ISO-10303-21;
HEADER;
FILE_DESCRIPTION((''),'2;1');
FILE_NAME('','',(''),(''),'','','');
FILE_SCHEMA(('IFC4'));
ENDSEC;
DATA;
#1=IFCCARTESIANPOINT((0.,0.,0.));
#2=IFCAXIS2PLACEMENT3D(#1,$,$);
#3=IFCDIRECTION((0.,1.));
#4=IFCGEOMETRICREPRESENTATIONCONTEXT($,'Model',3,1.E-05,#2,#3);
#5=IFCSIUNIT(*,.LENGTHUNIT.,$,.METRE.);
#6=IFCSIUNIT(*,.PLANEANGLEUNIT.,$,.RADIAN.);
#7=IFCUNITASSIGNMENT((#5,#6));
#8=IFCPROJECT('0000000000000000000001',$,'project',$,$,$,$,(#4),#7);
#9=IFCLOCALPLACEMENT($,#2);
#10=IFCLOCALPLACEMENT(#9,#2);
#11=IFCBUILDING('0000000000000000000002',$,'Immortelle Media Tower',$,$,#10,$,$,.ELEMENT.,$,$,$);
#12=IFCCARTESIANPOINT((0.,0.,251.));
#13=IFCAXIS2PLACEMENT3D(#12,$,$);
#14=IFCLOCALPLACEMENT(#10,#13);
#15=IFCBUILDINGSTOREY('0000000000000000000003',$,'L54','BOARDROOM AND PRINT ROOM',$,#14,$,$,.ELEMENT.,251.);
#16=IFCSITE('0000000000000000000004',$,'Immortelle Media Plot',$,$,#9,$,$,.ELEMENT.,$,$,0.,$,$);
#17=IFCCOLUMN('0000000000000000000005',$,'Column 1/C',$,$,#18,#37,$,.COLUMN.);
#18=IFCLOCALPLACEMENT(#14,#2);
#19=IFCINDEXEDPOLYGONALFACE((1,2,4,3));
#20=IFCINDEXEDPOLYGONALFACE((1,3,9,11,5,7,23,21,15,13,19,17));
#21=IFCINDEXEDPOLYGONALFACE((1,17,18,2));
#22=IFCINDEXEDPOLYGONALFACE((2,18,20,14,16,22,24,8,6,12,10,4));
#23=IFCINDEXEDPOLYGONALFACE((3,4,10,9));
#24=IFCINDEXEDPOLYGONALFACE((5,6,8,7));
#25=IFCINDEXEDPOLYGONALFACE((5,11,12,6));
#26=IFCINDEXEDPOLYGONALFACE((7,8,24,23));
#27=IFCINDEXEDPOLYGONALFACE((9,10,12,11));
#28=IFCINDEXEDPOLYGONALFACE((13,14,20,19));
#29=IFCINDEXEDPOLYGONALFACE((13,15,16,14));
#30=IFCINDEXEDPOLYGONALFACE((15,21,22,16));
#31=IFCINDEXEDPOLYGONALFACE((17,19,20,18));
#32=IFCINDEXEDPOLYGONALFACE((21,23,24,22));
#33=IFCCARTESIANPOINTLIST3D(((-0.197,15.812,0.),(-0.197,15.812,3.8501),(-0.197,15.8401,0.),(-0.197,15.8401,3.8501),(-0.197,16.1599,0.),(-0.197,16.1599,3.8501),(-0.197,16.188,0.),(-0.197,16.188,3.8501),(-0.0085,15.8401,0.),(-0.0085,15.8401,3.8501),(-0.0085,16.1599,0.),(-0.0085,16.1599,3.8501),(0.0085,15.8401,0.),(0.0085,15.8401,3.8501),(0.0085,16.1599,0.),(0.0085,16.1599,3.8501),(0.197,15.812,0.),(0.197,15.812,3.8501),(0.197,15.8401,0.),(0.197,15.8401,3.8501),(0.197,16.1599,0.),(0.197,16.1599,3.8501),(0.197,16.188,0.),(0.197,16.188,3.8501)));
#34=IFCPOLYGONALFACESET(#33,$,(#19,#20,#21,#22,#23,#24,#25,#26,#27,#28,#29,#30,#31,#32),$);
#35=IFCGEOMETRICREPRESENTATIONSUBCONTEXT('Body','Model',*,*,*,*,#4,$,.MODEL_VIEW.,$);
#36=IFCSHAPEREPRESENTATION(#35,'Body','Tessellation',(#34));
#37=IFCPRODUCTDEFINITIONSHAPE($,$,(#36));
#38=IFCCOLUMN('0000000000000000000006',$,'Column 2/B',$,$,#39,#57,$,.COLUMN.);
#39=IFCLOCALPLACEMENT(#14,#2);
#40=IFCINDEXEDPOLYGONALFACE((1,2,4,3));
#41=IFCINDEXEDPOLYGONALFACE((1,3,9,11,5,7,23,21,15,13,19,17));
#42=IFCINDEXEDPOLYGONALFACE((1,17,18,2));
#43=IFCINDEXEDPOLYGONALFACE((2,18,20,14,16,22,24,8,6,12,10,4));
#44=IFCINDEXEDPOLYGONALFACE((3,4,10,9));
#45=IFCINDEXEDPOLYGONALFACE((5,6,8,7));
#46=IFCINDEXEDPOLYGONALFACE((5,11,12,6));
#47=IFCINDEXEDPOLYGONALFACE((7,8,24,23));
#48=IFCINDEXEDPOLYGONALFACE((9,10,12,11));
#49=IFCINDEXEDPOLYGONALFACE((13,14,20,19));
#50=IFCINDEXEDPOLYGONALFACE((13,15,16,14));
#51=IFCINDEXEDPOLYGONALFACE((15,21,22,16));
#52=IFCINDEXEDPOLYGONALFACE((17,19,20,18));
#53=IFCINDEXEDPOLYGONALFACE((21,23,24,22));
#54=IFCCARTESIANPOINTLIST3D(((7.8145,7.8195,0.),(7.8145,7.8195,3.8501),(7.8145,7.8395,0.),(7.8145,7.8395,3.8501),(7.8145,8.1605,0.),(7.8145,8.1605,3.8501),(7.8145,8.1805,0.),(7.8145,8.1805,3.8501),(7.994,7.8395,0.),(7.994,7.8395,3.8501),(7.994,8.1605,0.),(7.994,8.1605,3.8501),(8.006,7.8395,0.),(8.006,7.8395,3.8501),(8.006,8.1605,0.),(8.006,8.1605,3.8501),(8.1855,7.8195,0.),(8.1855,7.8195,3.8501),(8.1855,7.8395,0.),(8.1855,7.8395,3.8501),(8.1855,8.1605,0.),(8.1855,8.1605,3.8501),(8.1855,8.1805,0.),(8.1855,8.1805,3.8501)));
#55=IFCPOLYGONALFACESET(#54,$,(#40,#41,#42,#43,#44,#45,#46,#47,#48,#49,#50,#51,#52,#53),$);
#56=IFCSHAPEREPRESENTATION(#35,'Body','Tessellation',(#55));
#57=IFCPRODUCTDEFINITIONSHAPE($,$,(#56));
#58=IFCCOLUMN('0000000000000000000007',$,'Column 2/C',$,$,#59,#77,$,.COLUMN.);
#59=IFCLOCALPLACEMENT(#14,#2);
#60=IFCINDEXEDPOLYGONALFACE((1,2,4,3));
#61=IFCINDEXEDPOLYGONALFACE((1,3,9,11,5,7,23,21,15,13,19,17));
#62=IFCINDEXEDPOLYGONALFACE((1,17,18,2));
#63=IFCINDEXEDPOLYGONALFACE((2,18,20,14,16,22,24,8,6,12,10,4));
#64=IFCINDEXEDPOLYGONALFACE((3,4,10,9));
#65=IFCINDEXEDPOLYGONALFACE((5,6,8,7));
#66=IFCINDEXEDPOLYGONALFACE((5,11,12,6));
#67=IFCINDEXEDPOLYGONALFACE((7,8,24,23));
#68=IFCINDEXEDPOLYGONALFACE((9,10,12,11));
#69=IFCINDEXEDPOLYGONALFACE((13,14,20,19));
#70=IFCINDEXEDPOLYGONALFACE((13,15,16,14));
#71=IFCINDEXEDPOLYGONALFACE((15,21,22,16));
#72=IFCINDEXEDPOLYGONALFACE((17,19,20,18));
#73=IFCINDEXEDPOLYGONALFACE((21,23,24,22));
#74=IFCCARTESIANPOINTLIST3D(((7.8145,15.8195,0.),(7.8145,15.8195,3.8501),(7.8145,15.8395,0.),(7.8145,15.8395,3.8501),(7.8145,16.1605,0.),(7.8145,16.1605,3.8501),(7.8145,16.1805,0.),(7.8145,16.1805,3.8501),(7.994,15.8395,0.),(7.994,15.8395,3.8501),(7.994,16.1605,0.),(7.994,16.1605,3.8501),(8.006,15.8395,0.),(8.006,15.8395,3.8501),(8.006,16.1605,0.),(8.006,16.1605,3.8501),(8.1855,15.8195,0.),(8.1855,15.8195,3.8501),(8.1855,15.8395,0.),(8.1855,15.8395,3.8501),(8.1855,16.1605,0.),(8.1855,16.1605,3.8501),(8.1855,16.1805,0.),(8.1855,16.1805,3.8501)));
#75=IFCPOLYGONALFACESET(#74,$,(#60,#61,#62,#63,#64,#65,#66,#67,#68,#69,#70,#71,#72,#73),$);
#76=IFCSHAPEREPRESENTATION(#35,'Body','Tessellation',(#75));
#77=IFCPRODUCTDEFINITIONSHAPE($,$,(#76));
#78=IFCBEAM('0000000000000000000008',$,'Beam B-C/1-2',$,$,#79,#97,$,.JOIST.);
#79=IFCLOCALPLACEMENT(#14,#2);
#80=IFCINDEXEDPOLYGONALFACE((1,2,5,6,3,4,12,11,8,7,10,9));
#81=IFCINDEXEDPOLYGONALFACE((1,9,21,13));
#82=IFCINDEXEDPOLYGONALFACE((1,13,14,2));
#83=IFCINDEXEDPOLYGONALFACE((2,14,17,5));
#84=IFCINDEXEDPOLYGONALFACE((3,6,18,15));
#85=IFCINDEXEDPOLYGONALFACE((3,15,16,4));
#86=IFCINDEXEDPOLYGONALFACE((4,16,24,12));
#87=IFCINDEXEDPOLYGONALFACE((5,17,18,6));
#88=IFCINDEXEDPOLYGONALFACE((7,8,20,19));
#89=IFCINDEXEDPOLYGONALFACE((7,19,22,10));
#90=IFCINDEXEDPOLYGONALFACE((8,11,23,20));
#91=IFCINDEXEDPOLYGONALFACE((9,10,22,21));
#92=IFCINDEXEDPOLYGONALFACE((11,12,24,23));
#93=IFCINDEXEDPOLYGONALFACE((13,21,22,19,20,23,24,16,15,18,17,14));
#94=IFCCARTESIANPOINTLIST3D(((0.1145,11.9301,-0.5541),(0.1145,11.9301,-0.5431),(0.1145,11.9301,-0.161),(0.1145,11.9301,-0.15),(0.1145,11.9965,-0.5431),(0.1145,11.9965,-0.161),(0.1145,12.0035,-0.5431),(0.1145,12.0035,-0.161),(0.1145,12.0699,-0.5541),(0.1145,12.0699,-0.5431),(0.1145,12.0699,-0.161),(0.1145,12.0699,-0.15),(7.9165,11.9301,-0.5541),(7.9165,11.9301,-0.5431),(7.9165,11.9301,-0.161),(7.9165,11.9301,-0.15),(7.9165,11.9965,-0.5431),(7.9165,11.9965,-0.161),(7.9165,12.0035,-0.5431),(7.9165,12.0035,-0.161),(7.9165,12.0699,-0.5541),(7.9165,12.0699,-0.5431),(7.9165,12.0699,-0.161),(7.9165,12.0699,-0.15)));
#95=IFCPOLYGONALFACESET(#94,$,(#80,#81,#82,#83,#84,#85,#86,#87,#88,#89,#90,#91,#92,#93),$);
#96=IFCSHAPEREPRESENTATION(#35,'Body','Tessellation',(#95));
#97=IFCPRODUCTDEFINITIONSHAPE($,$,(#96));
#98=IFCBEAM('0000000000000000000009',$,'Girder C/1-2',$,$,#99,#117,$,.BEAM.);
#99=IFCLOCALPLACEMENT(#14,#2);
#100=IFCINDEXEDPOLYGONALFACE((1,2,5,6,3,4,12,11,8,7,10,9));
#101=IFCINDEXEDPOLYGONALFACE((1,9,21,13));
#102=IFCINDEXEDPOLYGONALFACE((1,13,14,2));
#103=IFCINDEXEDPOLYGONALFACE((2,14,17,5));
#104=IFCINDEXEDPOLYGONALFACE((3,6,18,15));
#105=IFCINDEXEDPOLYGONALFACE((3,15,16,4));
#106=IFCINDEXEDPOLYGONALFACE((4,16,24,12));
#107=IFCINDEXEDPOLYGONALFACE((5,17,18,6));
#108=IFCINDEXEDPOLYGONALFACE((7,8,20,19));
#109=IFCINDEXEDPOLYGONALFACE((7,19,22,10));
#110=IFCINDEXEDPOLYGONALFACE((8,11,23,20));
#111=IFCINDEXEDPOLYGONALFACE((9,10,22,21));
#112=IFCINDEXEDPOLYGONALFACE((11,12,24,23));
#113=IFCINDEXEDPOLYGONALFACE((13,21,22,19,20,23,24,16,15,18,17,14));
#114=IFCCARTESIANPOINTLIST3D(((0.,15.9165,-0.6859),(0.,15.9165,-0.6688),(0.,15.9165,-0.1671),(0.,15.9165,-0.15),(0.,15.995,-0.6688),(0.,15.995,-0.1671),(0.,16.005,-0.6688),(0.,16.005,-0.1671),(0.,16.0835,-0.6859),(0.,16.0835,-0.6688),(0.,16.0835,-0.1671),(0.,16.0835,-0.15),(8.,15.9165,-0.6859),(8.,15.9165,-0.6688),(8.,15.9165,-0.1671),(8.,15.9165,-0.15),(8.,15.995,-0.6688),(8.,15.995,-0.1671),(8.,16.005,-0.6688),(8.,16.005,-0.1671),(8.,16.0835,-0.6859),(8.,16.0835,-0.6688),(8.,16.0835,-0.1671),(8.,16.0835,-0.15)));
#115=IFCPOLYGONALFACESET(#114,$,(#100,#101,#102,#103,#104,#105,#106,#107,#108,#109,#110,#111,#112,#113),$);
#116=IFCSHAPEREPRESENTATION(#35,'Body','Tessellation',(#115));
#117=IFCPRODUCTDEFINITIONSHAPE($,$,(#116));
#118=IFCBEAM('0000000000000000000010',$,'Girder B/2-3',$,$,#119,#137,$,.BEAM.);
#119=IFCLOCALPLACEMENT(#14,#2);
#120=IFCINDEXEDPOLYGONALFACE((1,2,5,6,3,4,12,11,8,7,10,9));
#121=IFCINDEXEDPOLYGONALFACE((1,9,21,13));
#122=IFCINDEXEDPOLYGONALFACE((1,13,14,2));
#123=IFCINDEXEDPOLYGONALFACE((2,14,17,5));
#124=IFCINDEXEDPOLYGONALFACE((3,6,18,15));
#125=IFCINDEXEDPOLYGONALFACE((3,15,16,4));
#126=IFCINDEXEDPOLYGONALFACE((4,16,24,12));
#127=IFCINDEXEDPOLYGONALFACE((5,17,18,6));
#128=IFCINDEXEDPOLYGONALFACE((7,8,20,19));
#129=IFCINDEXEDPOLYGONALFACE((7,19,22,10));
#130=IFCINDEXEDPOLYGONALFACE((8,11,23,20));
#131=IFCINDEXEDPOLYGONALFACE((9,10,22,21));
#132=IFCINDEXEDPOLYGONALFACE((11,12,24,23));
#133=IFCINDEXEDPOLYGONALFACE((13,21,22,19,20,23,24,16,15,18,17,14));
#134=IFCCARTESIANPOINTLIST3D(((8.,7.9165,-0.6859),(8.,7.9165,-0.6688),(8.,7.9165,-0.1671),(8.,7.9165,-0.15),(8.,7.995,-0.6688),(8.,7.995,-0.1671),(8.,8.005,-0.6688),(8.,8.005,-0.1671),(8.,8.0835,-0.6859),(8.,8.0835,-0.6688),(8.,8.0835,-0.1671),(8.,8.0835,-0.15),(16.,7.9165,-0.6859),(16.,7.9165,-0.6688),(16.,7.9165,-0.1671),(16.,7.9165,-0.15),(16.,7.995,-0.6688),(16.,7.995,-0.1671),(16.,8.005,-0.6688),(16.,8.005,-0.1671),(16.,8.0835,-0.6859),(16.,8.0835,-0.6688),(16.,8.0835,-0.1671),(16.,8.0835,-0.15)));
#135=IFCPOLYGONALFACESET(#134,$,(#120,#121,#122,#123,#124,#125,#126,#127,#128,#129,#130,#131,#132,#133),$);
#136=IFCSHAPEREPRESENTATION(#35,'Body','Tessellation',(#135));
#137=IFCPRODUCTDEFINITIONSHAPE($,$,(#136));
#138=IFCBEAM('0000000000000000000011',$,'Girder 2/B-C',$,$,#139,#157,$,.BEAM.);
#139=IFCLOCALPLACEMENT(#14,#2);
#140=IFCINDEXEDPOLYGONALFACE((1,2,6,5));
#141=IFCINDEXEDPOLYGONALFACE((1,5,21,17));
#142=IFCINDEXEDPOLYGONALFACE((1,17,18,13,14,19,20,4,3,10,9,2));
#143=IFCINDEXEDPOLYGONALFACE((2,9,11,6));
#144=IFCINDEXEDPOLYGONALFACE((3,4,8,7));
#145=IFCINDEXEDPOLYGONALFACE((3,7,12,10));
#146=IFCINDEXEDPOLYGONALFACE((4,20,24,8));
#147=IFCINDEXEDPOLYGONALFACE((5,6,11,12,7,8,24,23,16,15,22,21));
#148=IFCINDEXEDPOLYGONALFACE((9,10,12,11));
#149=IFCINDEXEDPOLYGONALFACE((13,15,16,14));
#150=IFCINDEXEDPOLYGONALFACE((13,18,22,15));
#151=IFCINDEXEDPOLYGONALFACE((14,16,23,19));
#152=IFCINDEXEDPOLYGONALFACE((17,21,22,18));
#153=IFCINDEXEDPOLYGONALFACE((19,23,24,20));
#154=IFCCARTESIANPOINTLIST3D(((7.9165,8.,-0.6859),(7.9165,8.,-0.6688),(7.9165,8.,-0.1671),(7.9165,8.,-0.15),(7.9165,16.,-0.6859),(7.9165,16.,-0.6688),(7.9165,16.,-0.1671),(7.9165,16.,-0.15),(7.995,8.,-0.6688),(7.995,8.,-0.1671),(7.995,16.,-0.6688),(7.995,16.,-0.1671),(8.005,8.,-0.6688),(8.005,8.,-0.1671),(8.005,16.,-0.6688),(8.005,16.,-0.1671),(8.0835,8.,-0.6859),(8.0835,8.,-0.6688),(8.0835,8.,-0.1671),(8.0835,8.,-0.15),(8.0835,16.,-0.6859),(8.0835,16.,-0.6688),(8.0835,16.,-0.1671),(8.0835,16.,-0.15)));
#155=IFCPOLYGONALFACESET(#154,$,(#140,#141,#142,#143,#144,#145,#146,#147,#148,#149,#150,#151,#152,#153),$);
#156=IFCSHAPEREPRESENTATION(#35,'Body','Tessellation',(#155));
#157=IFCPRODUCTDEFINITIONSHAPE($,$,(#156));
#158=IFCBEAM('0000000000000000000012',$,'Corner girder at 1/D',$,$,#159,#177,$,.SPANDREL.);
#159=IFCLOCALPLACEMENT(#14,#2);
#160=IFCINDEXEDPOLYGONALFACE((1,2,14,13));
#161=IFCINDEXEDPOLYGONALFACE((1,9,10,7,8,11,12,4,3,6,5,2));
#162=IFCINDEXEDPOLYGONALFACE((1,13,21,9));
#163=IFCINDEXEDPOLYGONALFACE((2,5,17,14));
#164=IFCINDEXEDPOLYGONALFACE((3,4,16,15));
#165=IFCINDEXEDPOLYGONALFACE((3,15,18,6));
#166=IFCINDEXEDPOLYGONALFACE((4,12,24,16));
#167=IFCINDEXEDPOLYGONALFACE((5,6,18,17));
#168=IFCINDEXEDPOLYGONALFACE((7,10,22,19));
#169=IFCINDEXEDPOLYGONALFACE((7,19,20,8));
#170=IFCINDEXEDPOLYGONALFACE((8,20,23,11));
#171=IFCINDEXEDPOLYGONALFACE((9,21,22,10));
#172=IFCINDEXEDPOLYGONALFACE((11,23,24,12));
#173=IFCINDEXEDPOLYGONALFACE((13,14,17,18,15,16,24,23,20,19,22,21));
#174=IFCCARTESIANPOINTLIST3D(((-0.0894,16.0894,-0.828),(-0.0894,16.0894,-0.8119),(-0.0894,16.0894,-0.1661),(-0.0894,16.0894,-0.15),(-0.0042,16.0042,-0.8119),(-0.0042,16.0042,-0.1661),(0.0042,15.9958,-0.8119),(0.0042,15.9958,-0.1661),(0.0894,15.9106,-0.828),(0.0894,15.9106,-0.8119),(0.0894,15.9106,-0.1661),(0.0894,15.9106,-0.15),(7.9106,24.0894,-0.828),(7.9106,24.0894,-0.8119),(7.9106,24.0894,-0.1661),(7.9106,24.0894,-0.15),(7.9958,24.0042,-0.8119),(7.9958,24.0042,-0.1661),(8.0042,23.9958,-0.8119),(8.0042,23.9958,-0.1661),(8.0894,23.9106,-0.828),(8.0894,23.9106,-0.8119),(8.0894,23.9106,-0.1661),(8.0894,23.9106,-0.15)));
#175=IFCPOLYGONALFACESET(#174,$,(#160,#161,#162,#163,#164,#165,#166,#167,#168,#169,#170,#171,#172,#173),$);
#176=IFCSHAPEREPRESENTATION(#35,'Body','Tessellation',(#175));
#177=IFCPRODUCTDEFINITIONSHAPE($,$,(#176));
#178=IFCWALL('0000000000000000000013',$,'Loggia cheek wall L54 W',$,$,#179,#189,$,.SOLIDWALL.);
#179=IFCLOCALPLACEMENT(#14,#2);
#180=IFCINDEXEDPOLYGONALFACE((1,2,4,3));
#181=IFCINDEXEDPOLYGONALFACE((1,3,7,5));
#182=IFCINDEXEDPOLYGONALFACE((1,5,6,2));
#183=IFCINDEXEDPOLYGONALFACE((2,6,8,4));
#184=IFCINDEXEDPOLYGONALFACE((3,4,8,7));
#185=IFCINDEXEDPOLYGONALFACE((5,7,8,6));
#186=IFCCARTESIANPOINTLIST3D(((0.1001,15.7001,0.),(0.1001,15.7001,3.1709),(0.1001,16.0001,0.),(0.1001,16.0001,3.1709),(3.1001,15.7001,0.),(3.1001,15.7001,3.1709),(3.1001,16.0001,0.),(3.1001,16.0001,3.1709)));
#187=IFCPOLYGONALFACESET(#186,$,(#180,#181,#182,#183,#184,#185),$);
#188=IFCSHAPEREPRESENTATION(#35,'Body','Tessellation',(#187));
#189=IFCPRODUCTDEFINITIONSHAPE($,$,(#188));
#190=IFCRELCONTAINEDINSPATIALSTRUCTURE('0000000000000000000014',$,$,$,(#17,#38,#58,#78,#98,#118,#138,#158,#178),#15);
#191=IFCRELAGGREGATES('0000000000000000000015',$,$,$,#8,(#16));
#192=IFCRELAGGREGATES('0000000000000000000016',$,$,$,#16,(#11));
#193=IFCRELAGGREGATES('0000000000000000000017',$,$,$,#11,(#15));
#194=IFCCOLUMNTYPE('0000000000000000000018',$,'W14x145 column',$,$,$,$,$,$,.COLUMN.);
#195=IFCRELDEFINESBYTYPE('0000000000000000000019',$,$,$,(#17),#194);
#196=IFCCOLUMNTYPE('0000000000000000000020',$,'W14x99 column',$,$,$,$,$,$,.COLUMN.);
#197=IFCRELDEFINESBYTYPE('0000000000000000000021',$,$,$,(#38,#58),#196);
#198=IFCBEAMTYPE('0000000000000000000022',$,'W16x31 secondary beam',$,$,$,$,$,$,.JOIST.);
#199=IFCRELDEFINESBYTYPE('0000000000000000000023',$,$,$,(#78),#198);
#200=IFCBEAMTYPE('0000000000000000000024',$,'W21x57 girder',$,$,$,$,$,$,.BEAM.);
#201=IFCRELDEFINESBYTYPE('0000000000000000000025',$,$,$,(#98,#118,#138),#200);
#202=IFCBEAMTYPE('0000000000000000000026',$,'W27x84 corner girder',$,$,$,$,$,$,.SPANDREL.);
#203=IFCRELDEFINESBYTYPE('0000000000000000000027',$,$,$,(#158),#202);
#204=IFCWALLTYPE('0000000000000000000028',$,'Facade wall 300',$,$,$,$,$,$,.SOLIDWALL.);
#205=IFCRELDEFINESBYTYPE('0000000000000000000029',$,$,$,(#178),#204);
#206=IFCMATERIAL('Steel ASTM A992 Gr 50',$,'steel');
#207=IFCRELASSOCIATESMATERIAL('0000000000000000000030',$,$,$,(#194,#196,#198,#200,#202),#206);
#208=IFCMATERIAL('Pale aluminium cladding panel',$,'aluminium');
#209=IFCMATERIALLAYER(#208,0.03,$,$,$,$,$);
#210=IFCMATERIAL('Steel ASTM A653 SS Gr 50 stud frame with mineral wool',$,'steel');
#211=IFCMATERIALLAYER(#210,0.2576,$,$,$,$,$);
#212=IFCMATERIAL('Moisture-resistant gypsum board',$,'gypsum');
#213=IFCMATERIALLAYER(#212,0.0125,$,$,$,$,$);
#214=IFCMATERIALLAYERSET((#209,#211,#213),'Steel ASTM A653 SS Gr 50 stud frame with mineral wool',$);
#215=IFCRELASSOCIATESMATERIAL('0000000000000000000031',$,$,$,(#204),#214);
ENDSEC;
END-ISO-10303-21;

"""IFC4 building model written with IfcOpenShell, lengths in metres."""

from ifc_helpers import new_model, si_unit, direction, frame, frame_2d, origin, origin_2d, place, context, subcontext, project, spatial, rectangle, i_section, extrude, material, layer, layer_set, material_profile, profile_set, type_object, element, save


model = new_model("IFC4")

# Units and contexts
model_context = context("Model", 3, precision=1e-05, world=origin(), true_north=direction((0.0, 1.0)))
body_context = subcontext(model_context, "Body", "Model", "MODEL_VIEW")
ifc_project = project(units=[si_unit("LENGTHUNIT", "METRE"), si_unit("PLANEANGLEUNIT", "RADIAN")], contexts=[model_context])

# Site, building, storey
site_placement = place(None, origin())
site = spatial("IfcSite", under=ifc_project, at=site_placement, Name="Immortelle Media Plot", CompositionType="ELEMENT", RefElevation=0.0)
building_placement = place(site_placement, origin())
building = spatial("IfcBuilding", under=site, at=building_placement, Name="Immortelle Media Tower", CompositionType="ELEMENT")
storey_placement = place(building_placement, frame((0.0, 0.0, 251.0)))
storey = spatial("IfcBuildingStorey", under=building, at=storey_placement, Name="L54", Description="BOARDROOM AND PRINT ROOM", CompositionType="ELEMENT", Elevation=251.0)

# Columns
ifc_material_1 = material(Name="Steel ASTM A992 Gr 50", Category="steel")
ifc_material_profile_1 = material_profile(ifc_material_1, i_section(OverallWidth=0.394, OverallDepth=0.376, WebThickness=0.0171, FlangeThickness=0.0281, at=origin_2d()), Name="W14x145")
ifc_profile_set_1 = profile_set([ifc_material_profile_1], Name="Steel ASTM A992 Gr 50")
column_type_1 = type_object("IfcColumnType", Name="W14x145 column", PredefinedType="COLUMN", material=ifc_profile_set_1)
column_placement = place(storey_placement, frame((0.0, 16.0, 0.0), z_axis=(0.0, 0.0, 1.0), x_axis=(1.0, 0.0, 0.0)))
element("IfcColumn", 1, at=column_placement, inside=storey, type_object=column_type_1, Name="Column 1/C", PredefinedType="COLUMN", context=body_context, shape_type="SweptSolid", body=[
    extrude(i_section(OverallWidth=0.394, OverallDepth=0.376, WebThickness=0.0171, FlangeThickness=0.0281, at=origin_2d()), origin(), (0.0, 0.0, 1.0), 3.8501),
])
ifc_material_profile_2 = material_profile(ifc_material_1, i_section(OverallWidth=0.3711, OverallDepth=0.3611, WebThickness=0.012, FlangeThickness=0.02, at=origin_2d()), Name="W14x99")
ifc_profile_set_2 = profile_set([ifc_material_profile_2], Name="Steel ASTM A992 Gr 50")
column_type_2 = type_object("IfcColumnType", Name="W14x99 column", PredefinedType="COLUMN", material=ifc_profile_set_2)
for number, where, z_axis, x_axis, name in (
    (2, (8.0, 8.0, 0.0), (0.0, 0.0, 1.0), (1.0, 0.0, 0.0), "Column 2/B"),
    (3, (8.0, 16.0, 0.0), (0.0, 0.0, 1.0), (1.0, 0.0, 0.0), "Column 2/C"),
):
    element("IfcColumn", number, at=place(storey_placement, frame(where, z_axis=z_axis, x_axis=x_axis)), inside=storey, type_object=column_type_2, Name=name, PredefinedType="COLUMN", context=body_context, shape_type="SweptSolid", body=[
        extrude(i_section(OverallWidth=0.3711, OverallDepth=0.3611, WebThickness=0.012, FlangeThickness=0.02, at=origin_2d()), origin(), (0.0, 0.0, 1.0), 3.8501),
    ])

# Beams
ifc_material_profile_3 = material_profile(ifc_material_1, i_section(OverallWidth=0.1399, OverallDepth=0.4041, WebThickness=0.0071, FlangeThickness=0.011, at=origin_2d()), Name="W16x31")
ifc_profile_set_3 = profile_set([ifc_material_profile_3], Name="Steel ASTM A992 Gr 50")
beam_type_1 = type_object("IfcBeamType", Name="W16x31 secondary beam", PredefinedType="JOIST", material=ifc_profile_set_3)
beam_1_placement = place(storey_placement, frame((0.1145, 12.0, -0.3521), z_axis=(1.0, 0.0, 0.0), x_axis=(0.0, 1.0, 0.0)))
element("IfcBeam", 4, at=beam_1_placement, inside=storey, type_object=beam_type_1, Name="Beam B-C/1-2", PredefinedType="JOIST", context=body_context, shape_type="SweptSolid", body=[
    extrude(i_section(OverallWidth=0.1399, OverallDepth=0.4041, WebThickness=0.0071, FlangeThickness=0.011, at=origin_2d()), origin(), (0.0, 0.0, 1.0), 7.802),
])
ifc_material_profile_4 = material_profile(ifc_material_1, i_section(OverallWidth=0.167, OverallDepth=0.5359, WebThickness=0.01, FlangeThickness=0.0171, at=origin_2d()), Name="W21x57")
ifc_profile_set_4 = profile_set([ifc_material_profile_4], Name="Steel ASTM A992 Gr 50")
beam_type_2 = type_object("IfcBeamType", Name="W21x57 girder", PredefinedType="BEAM", material=ifc_profile_set_4)
for number, where, z_axis, x_axis, name in (
    (5, (0.0, 16.0, -0.418), (1.0, 0.0, 0.0), (0.0, 1.0, 0.0), "Girder C/1-2"),
    (6, (8.0, 8.0, -0.418), (1.0, 0.0, 0.0), (0.0, 1.0, 0.0), "Girder B/2-3"),
    (7, (8.0, 8.0, -0.418), (0.0, 1.0, 0.0), (-1.0, 0.0, 0.0), "Girder 2/B-C"),
):
    element("IfcBeam", number, at=place(storey_placement, frame(where, z_axis=z_axis, x_axis=x_axis)), inside=storey, type_object=beam_type_2, Name=name, PredefinedType="BEAM", context=body_context, shape_type="SweptSolid", body=[
        extrude(i_section(OverallWidth=0.167, OverallDepth=0.5359, WebThickness=0.01, FlangeThickness=0.0171, at=origin_2d()), origin(), (0.0, 0.0, 1.0), 8.0),
    ])
ifc_material_profile_5 = material_profile(ifc_material_1, i_section(OverallWidth=0.2529, OverallDepth=0.678, WebThickness=0.012, FlangeThickness=0.0161, at=origin_2d()), Name="W27x84")
ifc_profile_set_5 = profile_set([ifc_material_profile_5], Name="Steel ASTM A992 Gr 50")
beam_type_3 = type_object("IfcBeamType", Name="W27x84 corner girder", PredefinedType="SPANDREL", material=ifc_profile_set_5)
beam_2_placement = place(storey_placement, frame((0.0, 16.0, -0.489), z_axis=(0.707107, 0.707107, 0.0), x_axis=(-0.707107, 0.707107, 0.0)))
element("IfcBeam", 8, at=beam_2_placement, inside=storey, type_object=beam_type_3, Name="Corner girder at 1/D", PredefinedType="SPANDREL", context=body_context, shape_type="SweptSolid", body=[
    extrude(i_section(OverallWidth=0.2529, OverallDepth=0.678, WebThickness=0.012, FlangeThickness=0.0161, at=origin_2d()), origin(), (0.0, 0.0, 1.0), 11.3137),
])

# Shared definitions
ifc_material_2 = material(Name="Pale aluminium cladding panel", Category="aluminium")
ifc_layer_1 = layer(ifc_material_2, 0.03)
ifc_material_3 = material(Name="Steel ASTM A653 SS Gr 50 stud frame with mineral wool", Category="steel")
ifc_layer_2 = layer(ifc_material_3, 0.2576)
ifc_material_4 = material(Name="Moisture-resistant gypsum board", Category="gypsum")
ifc_layer_3 = layer(ifc_material_4, 0.0125)
ifc_layer_set_1 = layer_set([ifc_layer_1, ifc_layer_2, ifc_layer_3], Name="Steel ASTM A653 SS Gr 50 stud frame with mineral wool")
wall_type_1 = type_object("IfcWallType", Name="Facade wall 300", PredefinedType="SOLIDWALL", material=ifc_layer_set_1)

# Wall
for number, where, z_axis, x_axis, name in (
    (9, (0.1001, 15.8501, 0.0), (0.0, 0.0, 1.0), (1.0, 0.0, 0.0), "Loggia cheek wall L54 W"),
):
    element("IfcWall", number, at=place(storey_placement, frame(where, z_axis=z_axis, x_axis=x_axis)), inside=storey, type_object=wall_type_1, Name=name, PredefinedType="SOLIDWALL", context=body_context, shape_type="SweptSolid", body=[
        extrude(rectangle(XDim=3.0, YDim=0.3, at=frame_2d((1.5, 0.0))), origin(), (0.0, 0.0, 1.0), 3.1709),
    ])

save(model, "model.ifc")
